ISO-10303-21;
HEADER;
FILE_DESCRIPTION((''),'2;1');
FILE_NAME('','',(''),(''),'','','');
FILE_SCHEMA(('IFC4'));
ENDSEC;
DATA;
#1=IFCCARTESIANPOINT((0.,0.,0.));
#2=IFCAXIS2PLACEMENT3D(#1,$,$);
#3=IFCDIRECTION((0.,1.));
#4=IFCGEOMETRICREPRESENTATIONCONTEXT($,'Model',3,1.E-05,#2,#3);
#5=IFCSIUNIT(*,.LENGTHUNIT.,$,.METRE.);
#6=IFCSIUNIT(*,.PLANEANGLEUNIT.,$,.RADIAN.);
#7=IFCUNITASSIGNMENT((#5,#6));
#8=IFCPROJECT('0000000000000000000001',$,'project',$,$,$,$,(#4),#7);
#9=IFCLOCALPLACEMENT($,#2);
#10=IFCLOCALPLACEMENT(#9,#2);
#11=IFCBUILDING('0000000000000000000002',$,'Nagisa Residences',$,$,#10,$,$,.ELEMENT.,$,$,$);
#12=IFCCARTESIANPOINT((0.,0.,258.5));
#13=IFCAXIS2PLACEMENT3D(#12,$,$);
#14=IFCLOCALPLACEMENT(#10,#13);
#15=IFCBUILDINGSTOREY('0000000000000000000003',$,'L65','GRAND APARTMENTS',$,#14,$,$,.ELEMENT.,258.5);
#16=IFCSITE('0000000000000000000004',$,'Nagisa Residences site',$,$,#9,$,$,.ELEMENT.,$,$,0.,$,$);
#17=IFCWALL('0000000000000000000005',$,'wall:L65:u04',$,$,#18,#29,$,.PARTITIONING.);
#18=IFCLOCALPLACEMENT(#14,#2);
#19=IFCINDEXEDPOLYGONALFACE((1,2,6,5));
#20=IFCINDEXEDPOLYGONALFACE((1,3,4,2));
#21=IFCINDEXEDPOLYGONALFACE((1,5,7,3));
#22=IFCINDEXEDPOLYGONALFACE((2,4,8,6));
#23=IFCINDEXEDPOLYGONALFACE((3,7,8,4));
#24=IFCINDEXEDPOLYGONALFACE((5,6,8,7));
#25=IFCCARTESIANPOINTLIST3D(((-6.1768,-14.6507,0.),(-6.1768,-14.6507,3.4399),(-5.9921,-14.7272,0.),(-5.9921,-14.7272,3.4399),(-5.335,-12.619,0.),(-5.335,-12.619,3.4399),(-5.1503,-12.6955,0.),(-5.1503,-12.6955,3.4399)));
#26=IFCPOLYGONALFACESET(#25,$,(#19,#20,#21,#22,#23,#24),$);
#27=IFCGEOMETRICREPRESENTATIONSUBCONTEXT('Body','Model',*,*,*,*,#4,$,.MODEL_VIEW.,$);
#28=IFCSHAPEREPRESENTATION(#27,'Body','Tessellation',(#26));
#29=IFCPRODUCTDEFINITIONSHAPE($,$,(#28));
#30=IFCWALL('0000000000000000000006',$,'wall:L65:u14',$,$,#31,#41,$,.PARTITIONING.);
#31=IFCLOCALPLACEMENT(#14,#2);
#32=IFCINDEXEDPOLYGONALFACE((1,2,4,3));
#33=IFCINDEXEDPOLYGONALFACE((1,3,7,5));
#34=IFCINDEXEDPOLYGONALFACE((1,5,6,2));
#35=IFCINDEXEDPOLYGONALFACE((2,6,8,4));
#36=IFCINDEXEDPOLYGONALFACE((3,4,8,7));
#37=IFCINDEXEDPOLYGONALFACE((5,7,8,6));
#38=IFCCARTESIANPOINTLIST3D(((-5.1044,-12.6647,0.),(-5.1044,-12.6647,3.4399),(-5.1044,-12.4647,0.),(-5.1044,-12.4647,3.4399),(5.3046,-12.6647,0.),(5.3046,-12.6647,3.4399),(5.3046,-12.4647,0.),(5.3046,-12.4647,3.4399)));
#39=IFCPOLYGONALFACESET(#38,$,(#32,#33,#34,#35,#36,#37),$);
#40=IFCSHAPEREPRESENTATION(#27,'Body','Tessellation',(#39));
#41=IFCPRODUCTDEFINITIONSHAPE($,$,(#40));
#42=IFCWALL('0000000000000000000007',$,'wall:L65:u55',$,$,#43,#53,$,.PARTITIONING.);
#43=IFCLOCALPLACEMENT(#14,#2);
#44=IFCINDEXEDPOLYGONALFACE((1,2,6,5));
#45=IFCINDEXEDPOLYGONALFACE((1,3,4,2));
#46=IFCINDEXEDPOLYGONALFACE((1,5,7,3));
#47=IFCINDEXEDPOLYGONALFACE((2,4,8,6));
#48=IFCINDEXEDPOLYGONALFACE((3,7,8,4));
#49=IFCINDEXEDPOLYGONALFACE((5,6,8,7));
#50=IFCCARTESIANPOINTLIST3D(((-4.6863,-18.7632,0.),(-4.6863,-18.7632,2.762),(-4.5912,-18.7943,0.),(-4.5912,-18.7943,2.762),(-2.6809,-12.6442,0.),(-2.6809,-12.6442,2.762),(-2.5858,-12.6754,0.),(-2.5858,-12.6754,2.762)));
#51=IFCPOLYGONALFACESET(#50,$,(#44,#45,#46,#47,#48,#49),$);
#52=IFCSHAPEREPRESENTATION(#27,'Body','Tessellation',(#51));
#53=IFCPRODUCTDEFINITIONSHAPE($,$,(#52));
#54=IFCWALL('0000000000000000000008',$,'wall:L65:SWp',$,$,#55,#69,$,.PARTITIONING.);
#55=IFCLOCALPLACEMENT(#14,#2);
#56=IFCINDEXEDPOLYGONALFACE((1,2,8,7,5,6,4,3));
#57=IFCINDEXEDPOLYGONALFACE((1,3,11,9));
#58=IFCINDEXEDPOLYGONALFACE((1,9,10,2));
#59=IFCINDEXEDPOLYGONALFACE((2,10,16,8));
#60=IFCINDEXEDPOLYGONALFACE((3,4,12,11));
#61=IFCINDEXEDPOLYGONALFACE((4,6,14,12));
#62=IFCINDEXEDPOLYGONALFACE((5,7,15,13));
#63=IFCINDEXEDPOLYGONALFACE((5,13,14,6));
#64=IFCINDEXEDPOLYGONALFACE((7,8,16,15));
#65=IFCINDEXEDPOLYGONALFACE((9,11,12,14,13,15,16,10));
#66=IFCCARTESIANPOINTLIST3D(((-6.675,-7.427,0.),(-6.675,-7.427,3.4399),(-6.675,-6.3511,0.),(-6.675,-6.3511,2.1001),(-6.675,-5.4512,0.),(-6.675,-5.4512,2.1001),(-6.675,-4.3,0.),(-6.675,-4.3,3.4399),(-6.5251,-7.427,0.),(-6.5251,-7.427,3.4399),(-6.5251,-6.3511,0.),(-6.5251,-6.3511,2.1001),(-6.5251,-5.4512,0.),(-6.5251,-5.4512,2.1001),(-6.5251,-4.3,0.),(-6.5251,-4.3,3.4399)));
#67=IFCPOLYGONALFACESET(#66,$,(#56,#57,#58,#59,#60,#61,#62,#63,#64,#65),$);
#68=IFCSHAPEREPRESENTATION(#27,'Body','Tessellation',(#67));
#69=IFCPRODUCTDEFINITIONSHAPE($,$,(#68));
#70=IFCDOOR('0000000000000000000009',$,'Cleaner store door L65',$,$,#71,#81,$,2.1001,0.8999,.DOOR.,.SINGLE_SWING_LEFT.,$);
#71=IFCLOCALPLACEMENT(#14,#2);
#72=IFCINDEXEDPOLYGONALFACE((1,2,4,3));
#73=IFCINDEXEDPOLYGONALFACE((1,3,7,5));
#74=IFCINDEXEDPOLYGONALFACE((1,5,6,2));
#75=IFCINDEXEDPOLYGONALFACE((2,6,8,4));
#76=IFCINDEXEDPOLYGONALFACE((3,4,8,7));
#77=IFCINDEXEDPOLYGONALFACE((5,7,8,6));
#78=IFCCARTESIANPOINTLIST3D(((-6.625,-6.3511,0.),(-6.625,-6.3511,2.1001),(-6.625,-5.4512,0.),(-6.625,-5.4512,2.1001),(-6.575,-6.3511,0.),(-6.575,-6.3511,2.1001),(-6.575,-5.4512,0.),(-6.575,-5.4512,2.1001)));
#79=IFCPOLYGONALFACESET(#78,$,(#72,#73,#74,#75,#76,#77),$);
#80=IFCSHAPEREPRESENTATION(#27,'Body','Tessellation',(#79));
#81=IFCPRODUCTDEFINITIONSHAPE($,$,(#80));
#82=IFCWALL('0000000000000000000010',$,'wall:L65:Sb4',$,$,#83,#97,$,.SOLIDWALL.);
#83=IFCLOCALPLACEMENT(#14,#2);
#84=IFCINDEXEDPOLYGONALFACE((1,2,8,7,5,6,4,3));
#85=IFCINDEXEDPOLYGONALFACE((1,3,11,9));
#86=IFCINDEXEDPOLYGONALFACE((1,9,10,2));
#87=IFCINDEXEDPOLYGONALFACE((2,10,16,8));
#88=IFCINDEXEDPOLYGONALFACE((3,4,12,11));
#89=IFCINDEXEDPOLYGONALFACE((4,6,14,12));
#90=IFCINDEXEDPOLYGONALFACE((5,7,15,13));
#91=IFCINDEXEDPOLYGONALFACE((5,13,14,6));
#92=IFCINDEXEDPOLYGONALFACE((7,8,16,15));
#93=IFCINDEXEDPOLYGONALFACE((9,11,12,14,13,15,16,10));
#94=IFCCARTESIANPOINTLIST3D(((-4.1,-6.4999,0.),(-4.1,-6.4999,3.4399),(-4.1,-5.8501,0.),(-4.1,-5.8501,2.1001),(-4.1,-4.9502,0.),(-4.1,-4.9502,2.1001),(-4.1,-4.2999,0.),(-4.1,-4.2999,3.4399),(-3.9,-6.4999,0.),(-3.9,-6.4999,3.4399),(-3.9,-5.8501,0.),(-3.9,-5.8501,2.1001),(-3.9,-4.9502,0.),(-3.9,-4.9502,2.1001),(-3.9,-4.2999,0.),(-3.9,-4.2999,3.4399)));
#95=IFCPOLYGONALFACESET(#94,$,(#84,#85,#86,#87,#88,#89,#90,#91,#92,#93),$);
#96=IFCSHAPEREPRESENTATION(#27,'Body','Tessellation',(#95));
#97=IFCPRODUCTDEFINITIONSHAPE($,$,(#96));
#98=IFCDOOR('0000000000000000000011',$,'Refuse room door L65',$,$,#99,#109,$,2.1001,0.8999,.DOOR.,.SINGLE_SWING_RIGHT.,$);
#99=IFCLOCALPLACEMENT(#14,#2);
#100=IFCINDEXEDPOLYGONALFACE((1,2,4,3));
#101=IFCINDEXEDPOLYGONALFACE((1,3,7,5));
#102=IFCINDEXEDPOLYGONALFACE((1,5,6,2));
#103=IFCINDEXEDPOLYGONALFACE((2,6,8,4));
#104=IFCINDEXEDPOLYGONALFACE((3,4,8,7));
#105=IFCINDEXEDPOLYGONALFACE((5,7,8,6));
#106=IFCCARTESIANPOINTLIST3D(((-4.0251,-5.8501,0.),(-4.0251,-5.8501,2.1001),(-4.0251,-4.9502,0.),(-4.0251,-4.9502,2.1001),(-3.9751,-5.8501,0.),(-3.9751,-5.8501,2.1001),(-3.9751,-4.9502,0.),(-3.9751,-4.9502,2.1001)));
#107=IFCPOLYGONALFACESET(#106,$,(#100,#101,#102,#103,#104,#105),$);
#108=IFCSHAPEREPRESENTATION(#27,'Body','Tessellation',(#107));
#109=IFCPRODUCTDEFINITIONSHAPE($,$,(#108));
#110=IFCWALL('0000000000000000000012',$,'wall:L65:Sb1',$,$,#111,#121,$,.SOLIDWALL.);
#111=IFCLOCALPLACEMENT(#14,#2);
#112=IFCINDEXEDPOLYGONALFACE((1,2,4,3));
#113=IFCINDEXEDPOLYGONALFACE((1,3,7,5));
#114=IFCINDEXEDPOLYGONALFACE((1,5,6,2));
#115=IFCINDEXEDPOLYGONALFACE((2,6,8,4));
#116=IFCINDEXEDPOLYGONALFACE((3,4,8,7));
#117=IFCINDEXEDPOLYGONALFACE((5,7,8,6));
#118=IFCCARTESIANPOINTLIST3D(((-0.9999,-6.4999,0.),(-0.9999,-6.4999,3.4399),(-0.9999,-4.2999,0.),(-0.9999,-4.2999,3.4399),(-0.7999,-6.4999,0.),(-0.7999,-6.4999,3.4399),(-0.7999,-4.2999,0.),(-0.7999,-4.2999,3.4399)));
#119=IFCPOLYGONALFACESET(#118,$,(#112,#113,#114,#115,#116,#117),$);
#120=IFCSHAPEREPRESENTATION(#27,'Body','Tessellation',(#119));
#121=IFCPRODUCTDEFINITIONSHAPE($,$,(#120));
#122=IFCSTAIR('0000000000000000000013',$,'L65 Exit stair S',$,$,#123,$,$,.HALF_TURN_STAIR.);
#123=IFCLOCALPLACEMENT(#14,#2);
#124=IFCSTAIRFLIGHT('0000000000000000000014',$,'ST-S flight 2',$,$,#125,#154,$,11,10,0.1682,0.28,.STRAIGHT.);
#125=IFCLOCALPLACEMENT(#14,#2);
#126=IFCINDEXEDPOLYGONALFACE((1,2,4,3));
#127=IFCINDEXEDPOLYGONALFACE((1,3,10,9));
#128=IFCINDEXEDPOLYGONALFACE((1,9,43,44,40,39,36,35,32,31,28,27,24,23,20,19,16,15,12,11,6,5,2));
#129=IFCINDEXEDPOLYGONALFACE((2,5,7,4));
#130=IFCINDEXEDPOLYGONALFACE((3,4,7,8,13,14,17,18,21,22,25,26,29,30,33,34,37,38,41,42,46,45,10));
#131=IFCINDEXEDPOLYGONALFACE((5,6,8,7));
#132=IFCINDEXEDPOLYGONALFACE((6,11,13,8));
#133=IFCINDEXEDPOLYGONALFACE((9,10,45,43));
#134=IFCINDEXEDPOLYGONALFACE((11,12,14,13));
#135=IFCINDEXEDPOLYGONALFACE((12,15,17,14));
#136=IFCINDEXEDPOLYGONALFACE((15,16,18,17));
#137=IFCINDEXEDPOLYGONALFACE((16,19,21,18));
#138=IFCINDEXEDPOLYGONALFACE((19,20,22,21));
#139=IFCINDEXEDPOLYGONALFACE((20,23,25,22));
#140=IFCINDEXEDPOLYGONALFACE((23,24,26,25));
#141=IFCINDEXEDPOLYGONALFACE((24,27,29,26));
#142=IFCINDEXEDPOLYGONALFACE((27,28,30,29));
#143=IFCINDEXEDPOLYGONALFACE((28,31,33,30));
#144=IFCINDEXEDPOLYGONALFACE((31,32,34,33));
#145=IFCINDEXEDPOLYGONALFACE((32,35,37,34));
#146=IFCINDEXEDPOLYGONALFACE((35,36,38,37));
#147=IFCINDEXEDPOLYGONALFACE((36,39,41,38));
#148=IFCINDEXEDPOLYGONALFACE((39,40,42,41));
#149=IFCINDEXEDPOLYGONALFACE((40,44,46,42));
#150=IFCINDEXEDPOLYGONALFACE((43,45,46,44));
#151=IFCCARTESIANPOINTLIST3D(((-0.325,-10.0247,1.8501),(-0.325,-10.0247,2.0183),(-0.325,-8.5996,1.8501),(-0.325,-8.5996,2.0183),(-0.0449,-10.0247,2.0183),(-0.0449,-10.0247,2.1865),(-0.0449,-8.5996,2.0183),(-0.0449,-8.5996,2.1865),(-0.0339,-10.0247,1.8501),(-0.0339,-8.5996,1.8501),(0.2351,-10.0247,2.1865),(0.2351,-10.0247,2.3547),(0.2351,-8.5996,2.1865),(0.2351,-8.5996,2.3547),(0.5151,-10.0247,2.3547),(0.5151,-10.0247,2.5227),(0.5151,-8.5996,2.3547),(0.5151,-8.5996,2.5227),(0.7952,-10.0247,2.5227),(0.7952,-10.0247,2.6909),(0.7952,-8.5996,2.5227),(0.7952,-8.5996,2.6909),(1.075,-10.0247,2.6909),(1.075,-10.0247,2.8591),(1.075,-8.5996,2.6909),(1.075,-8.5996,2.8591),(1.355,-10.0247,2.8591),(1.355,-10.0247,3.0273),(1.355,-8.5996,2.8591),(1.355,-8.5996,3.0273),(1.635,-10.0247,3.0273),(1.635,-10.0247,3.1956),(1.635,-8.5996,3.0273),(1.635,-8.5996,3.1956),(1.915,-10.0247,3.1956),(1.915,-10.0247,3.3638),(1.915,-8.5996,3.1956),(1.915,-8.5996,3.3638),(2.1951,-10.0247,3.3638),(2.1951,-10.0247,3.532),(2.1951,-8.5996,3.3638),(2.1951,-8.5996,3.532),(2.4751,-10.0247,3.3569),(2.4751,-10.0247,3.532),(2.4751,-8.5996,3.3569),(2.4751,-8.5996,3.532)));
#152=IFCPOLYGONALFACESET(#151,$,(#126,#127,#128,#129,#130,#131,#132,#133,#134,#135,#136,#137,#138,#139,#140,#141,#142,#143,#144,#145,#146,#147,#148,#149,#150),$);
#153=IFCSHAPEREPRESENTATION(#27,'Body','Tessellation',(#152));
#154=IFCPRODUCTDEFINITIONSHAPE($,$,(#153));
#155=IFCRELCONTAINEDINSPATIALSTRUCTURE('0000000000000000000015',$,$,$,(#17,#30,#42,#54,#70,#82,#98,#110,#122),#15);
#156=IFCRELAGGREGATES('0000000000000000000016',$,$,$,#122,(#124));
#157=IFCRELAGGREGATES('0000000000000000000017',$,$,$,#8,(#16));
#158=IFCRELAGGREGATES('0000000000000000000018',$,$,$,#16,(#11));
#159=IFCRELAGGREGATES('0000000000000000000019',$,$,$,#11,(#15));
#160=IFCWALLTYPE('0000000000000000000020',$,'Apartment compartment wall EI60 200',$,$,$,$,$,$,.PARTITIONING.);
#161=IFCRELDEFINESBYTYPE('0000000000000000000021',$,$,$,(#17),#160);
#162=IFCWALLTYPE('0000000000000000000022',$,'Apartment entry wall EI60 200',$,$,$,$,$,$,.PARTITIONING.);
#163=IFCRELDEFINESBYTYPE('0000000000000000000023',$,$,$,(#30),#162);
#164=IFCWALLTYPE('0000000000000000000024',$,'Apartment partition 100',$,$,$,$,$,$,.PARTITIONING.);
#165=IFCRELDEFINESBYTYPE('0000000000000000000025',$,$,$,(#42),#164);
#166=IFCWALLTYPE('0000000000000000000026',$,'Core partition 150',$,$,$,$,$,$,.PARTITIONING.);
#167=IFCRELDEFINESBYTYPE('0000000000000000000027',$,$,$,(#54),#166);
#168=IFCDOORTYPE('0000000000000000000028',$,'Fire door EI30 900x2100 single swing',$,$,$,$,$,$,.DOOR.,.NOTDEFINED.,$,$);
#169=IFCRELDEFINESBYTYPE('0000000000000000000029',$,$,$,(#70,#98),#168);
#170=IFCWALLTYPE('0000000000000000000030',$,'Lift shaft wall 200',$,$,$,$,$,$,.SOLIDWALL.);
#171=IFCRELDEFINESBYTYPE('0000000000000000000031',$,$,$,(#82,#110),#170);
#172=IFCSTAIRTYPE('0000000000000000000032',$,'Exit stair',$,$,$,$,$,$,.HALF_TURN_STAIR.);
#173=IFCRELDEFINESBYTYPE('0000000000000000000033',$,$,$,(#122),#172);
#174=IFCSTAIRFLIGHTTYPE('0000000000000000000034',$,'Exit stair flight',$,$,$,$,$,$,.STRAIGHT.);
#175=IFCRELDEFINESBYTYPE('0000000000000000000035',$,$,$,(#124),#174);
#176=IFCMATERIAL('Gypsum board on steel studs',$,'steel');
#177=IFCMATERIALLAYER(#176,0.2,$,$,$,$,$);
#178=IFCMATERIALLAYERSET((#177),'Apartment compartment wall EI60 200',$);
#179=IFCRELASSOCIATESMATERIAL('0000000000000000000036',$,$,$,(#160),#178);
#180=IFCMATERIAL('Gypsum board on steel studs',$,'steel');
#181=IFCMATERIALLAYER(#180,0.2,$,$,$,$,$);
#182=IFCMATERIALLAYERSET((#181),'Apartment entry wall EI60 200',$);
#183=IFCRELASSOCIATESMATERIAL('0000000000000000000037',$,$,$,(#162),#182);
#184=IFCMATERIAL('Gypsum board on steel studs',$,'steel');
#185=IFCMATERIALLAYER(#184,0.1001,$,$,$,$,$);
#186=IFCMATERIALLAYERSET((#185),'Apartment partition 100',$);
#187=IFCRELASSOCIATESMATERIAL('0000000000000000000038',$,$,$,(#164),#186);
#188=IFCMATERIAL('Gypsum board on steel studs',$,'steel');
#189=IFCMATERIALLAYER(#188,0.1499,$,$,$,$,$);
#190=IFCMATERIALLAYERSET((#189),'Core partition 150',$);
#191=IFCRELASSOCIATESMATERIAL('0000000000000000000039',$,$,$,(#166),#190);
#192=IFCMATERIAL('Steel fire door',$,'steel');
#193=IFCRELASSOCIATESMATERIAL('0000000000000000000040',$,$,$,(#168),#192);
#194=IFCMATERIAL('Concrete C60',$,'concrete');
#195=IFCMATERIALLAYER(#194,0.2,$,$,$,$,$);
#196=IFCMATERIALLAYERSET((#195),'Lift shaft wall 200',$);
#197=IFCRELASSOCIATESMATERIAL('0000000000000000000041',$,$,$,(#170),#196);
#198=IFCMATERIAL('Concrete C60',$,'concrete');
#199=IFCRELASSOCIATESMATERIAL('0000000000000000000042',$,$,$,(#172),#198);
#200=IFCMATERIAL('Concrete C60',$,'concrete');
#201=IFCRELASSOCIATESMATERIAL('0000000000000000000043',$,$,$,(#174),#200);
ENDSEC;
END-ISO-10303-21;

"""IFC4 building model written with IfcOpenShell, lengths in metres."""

from ifc_helpers import new_model, si_unit, direction, frame, frame_2d, origin, place, context, subcontext, project, spatial, polyline, rectangle, outline, extrude, material, layer, layer_set, type_object, element, fill, aggregate, save


model = new_model("IFC4")

# Units and contexts
model_context = context("Model", 3, precision=1e-05, world=origin(), true_north=direction((0.0, 1.0)))
body_context = subcontext(model_context, "Body", "Model", "MODEL_VIEW")
ifc_project = project(units=[si_unit("LENGTHUNIT", "METRE"), si_unit("PLANEANGLEUNIT", "RADIAN")], contexts=[model_context])

# Site, building, storey
site_placement = place(None, origin())
site = spatial("IfcSite", under=ifc_project, at=site_placement, Name="Nagisa Residences site", CompositionType="ELEMENT", RefElevation=0.0)
building_placement = place(site_placement, origin())
building = spatial("IfcBuilding", under=site, at=building_placement, Name="Nagisa Residences", CompositionType="ELEMENT")
storey_placement = place(building_placement, frame((0.0, 0.0, 258.5)))
storey = spatial("IfcBuildingStorey", under=building, at=storey_placement, Name="L65", Description="GRAND APARTMENTS", CompositionType="ELEMENT", Elevation=258.5)

# Walls
ifc_material_1 = material(Name="Gypsum board on steel studs", Category="steel")
ifc_layer_1 = layer(ifc_material_1, 0.2)
ifc_layer_set_1 = layer_set([ifc_layer_1], Name="Apartment compartment wall EI60 200")
wall_type_1 = type_object("IfcWallType", Name="Apartment compartment wall EI60 200", PredefinedType="PARTITIONING", material=ifc_layer_set_1)
wall_1_placement = place(storey_placement, frame((-5.2427, -12.6572, 0.0), z_axis=(0.0, 0.0, 1.0), x_axis=(-0.38277, -0.923844, 0.0)))
element("IfcWall", 1, at=wall_1_placement, inside=storey, type_object=wall_type_1, Name="wall:L65:u04", PredefinedType="PARTITIONING", context=body_context, shape_type="SweptSolid", body=[
    extrude(rectangle(XDim=2.1992, YDim=0.2, at=frame_2d((1.0996, 0.0))), origin(), (0.0, 0.0, 1.0), 3.4399),
])
ifc_material_2 = material(Name="Gypsum board on steel studs", Category="steel")
ifc_layer_2 = layer(ifc_material_2, 0.2)
ifc_layer_set_2 = layer_set([ifc_layer_2], Name="Apartment entry wall EI60 200")
wall_type_2 = type_object("IfcWallType", Name="Apartment entry wall EI60 200", PredefinedType="PARTITIONING", material=ifc_layer_set_2)
wall_2_placement = place(storey_placement, frame((-5.1045, -12.5647, 0.0), z_axis=(0.0, 0.0, 1.0), x_axis=(1.0, 0.0, 0.0)))
element("IfcWall", 2, at=wall_2_placement, inside=storey, type_object=wall_type_2, Name="wall:L65:u14", PredefinedType="PARTITIONING", context=body_context, shape_type="SweptSolid", body=[
    extrude(rectangle(XDim=10.4089, YDim=0.2, at=frame_2d((5.2046, 0.0))), origin(), (0.0, 0.0, 1.0), 3.4399),
])
ifc_material_3 = material(Name="Gypsum board on steel studs", Category="steel")
ifc_layer_3 = layer(ifc_material_3, 0.1001)
ifc_layer_set_3 = layer_set([ifc_layer_3], Name="Apartment partition 100")
wall_type_3 = type_object("IfcWallType", Name="Apartment partition 100", PredefinedType="PARTITIONING", material=ifc_layer_set_3)
wall_3_placement = place(storey_placement, frame((-2.6333, -12.6597, 0.0), z_axis=(0.0, 0.0, 1.0), x_axis=(-0.311435, -0.950267, 0.0)))
element("IfcWall", 3, at=wall_3_placement, inside=storey, type_object=wall_type_3, Name="wall:L65:u55", PredefinedType="PARTITIONING", context=body_context, shape_type="SweptSolid", body=[
    extrude(rectangle(XDim=6.4392, YDim=0.1001, at=frame_2d((3.2197, 0.0))), origin(), (0.0, 0.0, 1.0), 2.762),
])

# Walls, openings, doors
ifc_material_4 = material(Name="Gypsum board on steel studs", Category="steel")
ifc_layer_4 = layer(ifc_material_4, 0.1499)
ifc_layer_set_4 = layer_set([ifc_layer_4], Name="Core partition 150")
wall_type_4 = type_object("IfcWallType", Name="Core partition 150", PredefinedType="PARTITIONING", material=ifc_layer_set_4)
wall_4_placement = place(storey_placement, frame((-6.6001, -7.427, 0.0), z_axis=(0.0, 0.0, 1.0), x_axis=(0.0, 1.0, 0.0)))
wall_4 = element("IfcWall", 4, at=wall_4_placement, inside=storey, type_object=wall_type_4, Name="wall:L65:SWp", PredefinedType="PARTITIONING", context=body_context, shape_type="SweptSolid", body=[
    extrude(rectangle(XDim=3.127, YDim=0.1499, at=frame_2d((1.5635, 0.0))), origin(), (0.0, 0.0, 1.0), 3.4399),
])
opening_1_placement = place(wall_4_placement, frame((1.0759, 0.0, 0.0)))
opening_1 = element("IfcOpeningElement", 5, at=opening_1_placement, cuts=wall_4, PredefinedType="OPENING", context=body_context, shape_type="SweptSolid", body=[
    extrude(rectangle(XDim=0.8999, YDim=2.1001, at=frame_2d((0.45, 1.05))), frame((0.0, 0.085, 0.0), z_axis=(0.0, -1.0, 0.0), x_axis=(1.0, 0.0, 0.0)), (0.0, 0.0, 1.0), 0.1699),
])
ifc_material_5 = material(Name="Steel fire door", Category="steel")
door_type = type_object("IfcDoorType", Name="Fire door EI30 900x2100 single swing", OperationType="NOTDEFINED", PredefinedType="DOOR", material=ifc_material_5)
door_1_placement = place(opening_1_placement, origin())
door_1 = element("IfcDoor", 6, at=door_1_placement, inside=storey, type_object=door_type, Name="Cleaner store door L65", OperationType="SINGLE_SWING_LEFT", OverallHeight=2.1001, OverallWidth=0.8999, PredefinedType="DOOR", context=body_context, shape_type="SweptSolid", body=[
    extrude(rectangle(XDim=0.8999, YDim=2.1001, at=frame_2d((0.45, 1.05))), frame((0.0, 0.0249, 0.0), z_axis=(0.0, -1.0, 0.0), x_axis=(1.0, 0.0, 0.0)), (0.0, 0.0, 1.0), 0.05),
])
fill(opening_1, door_1)
ifc_material_6 = material(Name="Concrete C60", Category="concrete")
ifc_layer_5 = layer(ifc_material_6, 0.2)
ifc_layer_set_5 = layer_set([ifc_layer_5], Name="Lift shaft wall 200")
wall_type_5 = type_object("IfcWallType", Name="Lift shaft wall 200", PredefinedType="SOLIDWALL", material=ifc_layer_set_5)
wall_5_placement = place(storey_placement, frame((-4.0, -6.5, 0.0), z_axis=(0.0, 0.0, 1.0), x_axis=(0.0, 1.0, 0.0)))
wall_5 = element("IfcWall", 7, at=wall_5_placement, inside=storey, type_object=wall_type_5, Name="wall:L65:Sb4", PredefinedType="SOLIDWALL", context=body_context, shape_type="SweptSolid", body=[
    extrude(rectangle(XDim=2.2, YDim=0.2, at=frame_2d((1.1001, 0.0))), origin(), (0.0, 0.0, 1.0), 3.4399),
])
opening_2_placement = place(wall_5_placement, frame((0.6499, 0.0, 0.0)))
opening_2 = element("IfcOpeningElement", 8, at=opening_2_placement, cuts=wall_5, PredefinedType="OPENING", context=body_context, shape_type="SweptSolid", body=[
    extrude(rectangle(XDim=0.8999, YDim=2.1001, at=frame_2d((0.45, 1.05))), frame((0.0, 0.1099, 0.0), z_axis=(0.0, -1.0, 0.0), x_axis=(1.0, 0.0, 0.0)), (0.0, 0.0, 1.0), 0.22),
])
door_2_placement = place(opening_2_placement, frame((0.8999, 0.0, 0.0), x_axis=(-1.0, 0.0, 0.0)))
door_2 = element("IfcDoor", 9, at=door_2_placement, inside=storey, type_object=door_type, Name="Refuse room door L65", OperationType="SINGLE_SWING_RIGHT", OverallHeight=2.1001, OverallWidth=0.8999, PredefinedType="DOOR", context=body_context, shape_type="SweptSolid", body=[
    extrude(rectangle(XDim=0.8999, YDim=2.1001, at=frame_2d((0.45, 1.05))), frame((0.0, 0.0249, 0.0), z_axis=(0.0, -1.0, 0.0), x_axis=(1.0, 0.0, 0.0)), (0.0, 0.0, 1.0), 0.05),
])
fill(opening_2, door_2)

# Wall
wall_6_placement = place(storey_placement, frame((-0.8999, -6.5, 0.0), z_axis=(0.0, 0.0, 1.0), x_axis=(0.0, 1.0, 0.0)))
element("IfcWall", 10, at=wall_6_placement, inside=storey, type_object=wall_type_5, Name="wall:L65:Sb1", PredefinedType="SOLIDWALL", context=body_context, shape_type="SweptSolid", body=[
    extrude(rectangle(XDim=2.2, YDim=0.2, at=frame_2d((1.1001, 0.0))), origin(), (0.0, 0.0, 1.0), 3.4399),
])

# Stair, stair flight
ifc_material_7 = material(Name="Concrete C60", Category="concrete")
stair_type = type_object("IfcStairType", Name="Exit stair", PredefinedType="HALF_TURN_STAIR", material=ifc_material_7)
stair_placement = place(storey_placement, origin())
stair = element("IfcStair", 11, at=stair_placement, inside=storey, type_object=stair_type, Name="L65 Exit stair S", PredefinedType="HALF_TURN_STAIR")
ifc_material_8 = material(Name="Concrete C60", Category="concrete")
stair_flight_type = type_object("IfcStairFlightType", Name="Exit stair flight", PredefinedType="STRAIGHT", material=ifc_material_8)
stair_flight_placement = place(storey_placement, frame((-0.325, -9.312, 1.8501), z_axis=(0.0, 0.0, 1.0), x_axis=(1.0, 0.0, 0.0)))
stair_flight = element("IfcStairFlight", 12, at=stair_flight_placement, type_object=stair_flight_type, Name="ST-S flight 2", NumberOfRisers=11, NumberOfTreads=10, PredefinedType="STRAIGHT", RiserHeight=0.1682, TreadLength=0.28, context=body_context, shape_type="SweptSolid", body=[
    extrude(outline(polyline([(0.0, 0.0), (0.0, 0.1682), (0.28, 0.1682), (0.28, 0.3364), (0.5601, 0.3364), (0.5601, 0.5046), (0.8401, 0.5046), (0.8401, 0.6726), (1.1201, 0.6726), (1.1201, 0.8408), (1.3999, 0.8408), (1.3999, 1.009), (1.6799, 1.009), (1.6799, 1.1772), (1.96, 1.1772), (1.96, 1.3455), (2.24, 1.3455), (2.24, 1.5137), (2.52, 1.5137), (2.52, 1.6819), (2.8, 1.6819), (2.8, 1.8501), (2.8, 1.5068), (0.291, 0.0), (0.0, 0.0)])), frame((0.0, 0.7124, 0.0), z_axis=(0.0, -1.0, 0.0), x_axis=(1.0, 0.0, 0.0)), (0.0, 0.0, 1.0), 1.425),
])
aggregate(stair, [stair_flight])

save(model, "model.ifc")
